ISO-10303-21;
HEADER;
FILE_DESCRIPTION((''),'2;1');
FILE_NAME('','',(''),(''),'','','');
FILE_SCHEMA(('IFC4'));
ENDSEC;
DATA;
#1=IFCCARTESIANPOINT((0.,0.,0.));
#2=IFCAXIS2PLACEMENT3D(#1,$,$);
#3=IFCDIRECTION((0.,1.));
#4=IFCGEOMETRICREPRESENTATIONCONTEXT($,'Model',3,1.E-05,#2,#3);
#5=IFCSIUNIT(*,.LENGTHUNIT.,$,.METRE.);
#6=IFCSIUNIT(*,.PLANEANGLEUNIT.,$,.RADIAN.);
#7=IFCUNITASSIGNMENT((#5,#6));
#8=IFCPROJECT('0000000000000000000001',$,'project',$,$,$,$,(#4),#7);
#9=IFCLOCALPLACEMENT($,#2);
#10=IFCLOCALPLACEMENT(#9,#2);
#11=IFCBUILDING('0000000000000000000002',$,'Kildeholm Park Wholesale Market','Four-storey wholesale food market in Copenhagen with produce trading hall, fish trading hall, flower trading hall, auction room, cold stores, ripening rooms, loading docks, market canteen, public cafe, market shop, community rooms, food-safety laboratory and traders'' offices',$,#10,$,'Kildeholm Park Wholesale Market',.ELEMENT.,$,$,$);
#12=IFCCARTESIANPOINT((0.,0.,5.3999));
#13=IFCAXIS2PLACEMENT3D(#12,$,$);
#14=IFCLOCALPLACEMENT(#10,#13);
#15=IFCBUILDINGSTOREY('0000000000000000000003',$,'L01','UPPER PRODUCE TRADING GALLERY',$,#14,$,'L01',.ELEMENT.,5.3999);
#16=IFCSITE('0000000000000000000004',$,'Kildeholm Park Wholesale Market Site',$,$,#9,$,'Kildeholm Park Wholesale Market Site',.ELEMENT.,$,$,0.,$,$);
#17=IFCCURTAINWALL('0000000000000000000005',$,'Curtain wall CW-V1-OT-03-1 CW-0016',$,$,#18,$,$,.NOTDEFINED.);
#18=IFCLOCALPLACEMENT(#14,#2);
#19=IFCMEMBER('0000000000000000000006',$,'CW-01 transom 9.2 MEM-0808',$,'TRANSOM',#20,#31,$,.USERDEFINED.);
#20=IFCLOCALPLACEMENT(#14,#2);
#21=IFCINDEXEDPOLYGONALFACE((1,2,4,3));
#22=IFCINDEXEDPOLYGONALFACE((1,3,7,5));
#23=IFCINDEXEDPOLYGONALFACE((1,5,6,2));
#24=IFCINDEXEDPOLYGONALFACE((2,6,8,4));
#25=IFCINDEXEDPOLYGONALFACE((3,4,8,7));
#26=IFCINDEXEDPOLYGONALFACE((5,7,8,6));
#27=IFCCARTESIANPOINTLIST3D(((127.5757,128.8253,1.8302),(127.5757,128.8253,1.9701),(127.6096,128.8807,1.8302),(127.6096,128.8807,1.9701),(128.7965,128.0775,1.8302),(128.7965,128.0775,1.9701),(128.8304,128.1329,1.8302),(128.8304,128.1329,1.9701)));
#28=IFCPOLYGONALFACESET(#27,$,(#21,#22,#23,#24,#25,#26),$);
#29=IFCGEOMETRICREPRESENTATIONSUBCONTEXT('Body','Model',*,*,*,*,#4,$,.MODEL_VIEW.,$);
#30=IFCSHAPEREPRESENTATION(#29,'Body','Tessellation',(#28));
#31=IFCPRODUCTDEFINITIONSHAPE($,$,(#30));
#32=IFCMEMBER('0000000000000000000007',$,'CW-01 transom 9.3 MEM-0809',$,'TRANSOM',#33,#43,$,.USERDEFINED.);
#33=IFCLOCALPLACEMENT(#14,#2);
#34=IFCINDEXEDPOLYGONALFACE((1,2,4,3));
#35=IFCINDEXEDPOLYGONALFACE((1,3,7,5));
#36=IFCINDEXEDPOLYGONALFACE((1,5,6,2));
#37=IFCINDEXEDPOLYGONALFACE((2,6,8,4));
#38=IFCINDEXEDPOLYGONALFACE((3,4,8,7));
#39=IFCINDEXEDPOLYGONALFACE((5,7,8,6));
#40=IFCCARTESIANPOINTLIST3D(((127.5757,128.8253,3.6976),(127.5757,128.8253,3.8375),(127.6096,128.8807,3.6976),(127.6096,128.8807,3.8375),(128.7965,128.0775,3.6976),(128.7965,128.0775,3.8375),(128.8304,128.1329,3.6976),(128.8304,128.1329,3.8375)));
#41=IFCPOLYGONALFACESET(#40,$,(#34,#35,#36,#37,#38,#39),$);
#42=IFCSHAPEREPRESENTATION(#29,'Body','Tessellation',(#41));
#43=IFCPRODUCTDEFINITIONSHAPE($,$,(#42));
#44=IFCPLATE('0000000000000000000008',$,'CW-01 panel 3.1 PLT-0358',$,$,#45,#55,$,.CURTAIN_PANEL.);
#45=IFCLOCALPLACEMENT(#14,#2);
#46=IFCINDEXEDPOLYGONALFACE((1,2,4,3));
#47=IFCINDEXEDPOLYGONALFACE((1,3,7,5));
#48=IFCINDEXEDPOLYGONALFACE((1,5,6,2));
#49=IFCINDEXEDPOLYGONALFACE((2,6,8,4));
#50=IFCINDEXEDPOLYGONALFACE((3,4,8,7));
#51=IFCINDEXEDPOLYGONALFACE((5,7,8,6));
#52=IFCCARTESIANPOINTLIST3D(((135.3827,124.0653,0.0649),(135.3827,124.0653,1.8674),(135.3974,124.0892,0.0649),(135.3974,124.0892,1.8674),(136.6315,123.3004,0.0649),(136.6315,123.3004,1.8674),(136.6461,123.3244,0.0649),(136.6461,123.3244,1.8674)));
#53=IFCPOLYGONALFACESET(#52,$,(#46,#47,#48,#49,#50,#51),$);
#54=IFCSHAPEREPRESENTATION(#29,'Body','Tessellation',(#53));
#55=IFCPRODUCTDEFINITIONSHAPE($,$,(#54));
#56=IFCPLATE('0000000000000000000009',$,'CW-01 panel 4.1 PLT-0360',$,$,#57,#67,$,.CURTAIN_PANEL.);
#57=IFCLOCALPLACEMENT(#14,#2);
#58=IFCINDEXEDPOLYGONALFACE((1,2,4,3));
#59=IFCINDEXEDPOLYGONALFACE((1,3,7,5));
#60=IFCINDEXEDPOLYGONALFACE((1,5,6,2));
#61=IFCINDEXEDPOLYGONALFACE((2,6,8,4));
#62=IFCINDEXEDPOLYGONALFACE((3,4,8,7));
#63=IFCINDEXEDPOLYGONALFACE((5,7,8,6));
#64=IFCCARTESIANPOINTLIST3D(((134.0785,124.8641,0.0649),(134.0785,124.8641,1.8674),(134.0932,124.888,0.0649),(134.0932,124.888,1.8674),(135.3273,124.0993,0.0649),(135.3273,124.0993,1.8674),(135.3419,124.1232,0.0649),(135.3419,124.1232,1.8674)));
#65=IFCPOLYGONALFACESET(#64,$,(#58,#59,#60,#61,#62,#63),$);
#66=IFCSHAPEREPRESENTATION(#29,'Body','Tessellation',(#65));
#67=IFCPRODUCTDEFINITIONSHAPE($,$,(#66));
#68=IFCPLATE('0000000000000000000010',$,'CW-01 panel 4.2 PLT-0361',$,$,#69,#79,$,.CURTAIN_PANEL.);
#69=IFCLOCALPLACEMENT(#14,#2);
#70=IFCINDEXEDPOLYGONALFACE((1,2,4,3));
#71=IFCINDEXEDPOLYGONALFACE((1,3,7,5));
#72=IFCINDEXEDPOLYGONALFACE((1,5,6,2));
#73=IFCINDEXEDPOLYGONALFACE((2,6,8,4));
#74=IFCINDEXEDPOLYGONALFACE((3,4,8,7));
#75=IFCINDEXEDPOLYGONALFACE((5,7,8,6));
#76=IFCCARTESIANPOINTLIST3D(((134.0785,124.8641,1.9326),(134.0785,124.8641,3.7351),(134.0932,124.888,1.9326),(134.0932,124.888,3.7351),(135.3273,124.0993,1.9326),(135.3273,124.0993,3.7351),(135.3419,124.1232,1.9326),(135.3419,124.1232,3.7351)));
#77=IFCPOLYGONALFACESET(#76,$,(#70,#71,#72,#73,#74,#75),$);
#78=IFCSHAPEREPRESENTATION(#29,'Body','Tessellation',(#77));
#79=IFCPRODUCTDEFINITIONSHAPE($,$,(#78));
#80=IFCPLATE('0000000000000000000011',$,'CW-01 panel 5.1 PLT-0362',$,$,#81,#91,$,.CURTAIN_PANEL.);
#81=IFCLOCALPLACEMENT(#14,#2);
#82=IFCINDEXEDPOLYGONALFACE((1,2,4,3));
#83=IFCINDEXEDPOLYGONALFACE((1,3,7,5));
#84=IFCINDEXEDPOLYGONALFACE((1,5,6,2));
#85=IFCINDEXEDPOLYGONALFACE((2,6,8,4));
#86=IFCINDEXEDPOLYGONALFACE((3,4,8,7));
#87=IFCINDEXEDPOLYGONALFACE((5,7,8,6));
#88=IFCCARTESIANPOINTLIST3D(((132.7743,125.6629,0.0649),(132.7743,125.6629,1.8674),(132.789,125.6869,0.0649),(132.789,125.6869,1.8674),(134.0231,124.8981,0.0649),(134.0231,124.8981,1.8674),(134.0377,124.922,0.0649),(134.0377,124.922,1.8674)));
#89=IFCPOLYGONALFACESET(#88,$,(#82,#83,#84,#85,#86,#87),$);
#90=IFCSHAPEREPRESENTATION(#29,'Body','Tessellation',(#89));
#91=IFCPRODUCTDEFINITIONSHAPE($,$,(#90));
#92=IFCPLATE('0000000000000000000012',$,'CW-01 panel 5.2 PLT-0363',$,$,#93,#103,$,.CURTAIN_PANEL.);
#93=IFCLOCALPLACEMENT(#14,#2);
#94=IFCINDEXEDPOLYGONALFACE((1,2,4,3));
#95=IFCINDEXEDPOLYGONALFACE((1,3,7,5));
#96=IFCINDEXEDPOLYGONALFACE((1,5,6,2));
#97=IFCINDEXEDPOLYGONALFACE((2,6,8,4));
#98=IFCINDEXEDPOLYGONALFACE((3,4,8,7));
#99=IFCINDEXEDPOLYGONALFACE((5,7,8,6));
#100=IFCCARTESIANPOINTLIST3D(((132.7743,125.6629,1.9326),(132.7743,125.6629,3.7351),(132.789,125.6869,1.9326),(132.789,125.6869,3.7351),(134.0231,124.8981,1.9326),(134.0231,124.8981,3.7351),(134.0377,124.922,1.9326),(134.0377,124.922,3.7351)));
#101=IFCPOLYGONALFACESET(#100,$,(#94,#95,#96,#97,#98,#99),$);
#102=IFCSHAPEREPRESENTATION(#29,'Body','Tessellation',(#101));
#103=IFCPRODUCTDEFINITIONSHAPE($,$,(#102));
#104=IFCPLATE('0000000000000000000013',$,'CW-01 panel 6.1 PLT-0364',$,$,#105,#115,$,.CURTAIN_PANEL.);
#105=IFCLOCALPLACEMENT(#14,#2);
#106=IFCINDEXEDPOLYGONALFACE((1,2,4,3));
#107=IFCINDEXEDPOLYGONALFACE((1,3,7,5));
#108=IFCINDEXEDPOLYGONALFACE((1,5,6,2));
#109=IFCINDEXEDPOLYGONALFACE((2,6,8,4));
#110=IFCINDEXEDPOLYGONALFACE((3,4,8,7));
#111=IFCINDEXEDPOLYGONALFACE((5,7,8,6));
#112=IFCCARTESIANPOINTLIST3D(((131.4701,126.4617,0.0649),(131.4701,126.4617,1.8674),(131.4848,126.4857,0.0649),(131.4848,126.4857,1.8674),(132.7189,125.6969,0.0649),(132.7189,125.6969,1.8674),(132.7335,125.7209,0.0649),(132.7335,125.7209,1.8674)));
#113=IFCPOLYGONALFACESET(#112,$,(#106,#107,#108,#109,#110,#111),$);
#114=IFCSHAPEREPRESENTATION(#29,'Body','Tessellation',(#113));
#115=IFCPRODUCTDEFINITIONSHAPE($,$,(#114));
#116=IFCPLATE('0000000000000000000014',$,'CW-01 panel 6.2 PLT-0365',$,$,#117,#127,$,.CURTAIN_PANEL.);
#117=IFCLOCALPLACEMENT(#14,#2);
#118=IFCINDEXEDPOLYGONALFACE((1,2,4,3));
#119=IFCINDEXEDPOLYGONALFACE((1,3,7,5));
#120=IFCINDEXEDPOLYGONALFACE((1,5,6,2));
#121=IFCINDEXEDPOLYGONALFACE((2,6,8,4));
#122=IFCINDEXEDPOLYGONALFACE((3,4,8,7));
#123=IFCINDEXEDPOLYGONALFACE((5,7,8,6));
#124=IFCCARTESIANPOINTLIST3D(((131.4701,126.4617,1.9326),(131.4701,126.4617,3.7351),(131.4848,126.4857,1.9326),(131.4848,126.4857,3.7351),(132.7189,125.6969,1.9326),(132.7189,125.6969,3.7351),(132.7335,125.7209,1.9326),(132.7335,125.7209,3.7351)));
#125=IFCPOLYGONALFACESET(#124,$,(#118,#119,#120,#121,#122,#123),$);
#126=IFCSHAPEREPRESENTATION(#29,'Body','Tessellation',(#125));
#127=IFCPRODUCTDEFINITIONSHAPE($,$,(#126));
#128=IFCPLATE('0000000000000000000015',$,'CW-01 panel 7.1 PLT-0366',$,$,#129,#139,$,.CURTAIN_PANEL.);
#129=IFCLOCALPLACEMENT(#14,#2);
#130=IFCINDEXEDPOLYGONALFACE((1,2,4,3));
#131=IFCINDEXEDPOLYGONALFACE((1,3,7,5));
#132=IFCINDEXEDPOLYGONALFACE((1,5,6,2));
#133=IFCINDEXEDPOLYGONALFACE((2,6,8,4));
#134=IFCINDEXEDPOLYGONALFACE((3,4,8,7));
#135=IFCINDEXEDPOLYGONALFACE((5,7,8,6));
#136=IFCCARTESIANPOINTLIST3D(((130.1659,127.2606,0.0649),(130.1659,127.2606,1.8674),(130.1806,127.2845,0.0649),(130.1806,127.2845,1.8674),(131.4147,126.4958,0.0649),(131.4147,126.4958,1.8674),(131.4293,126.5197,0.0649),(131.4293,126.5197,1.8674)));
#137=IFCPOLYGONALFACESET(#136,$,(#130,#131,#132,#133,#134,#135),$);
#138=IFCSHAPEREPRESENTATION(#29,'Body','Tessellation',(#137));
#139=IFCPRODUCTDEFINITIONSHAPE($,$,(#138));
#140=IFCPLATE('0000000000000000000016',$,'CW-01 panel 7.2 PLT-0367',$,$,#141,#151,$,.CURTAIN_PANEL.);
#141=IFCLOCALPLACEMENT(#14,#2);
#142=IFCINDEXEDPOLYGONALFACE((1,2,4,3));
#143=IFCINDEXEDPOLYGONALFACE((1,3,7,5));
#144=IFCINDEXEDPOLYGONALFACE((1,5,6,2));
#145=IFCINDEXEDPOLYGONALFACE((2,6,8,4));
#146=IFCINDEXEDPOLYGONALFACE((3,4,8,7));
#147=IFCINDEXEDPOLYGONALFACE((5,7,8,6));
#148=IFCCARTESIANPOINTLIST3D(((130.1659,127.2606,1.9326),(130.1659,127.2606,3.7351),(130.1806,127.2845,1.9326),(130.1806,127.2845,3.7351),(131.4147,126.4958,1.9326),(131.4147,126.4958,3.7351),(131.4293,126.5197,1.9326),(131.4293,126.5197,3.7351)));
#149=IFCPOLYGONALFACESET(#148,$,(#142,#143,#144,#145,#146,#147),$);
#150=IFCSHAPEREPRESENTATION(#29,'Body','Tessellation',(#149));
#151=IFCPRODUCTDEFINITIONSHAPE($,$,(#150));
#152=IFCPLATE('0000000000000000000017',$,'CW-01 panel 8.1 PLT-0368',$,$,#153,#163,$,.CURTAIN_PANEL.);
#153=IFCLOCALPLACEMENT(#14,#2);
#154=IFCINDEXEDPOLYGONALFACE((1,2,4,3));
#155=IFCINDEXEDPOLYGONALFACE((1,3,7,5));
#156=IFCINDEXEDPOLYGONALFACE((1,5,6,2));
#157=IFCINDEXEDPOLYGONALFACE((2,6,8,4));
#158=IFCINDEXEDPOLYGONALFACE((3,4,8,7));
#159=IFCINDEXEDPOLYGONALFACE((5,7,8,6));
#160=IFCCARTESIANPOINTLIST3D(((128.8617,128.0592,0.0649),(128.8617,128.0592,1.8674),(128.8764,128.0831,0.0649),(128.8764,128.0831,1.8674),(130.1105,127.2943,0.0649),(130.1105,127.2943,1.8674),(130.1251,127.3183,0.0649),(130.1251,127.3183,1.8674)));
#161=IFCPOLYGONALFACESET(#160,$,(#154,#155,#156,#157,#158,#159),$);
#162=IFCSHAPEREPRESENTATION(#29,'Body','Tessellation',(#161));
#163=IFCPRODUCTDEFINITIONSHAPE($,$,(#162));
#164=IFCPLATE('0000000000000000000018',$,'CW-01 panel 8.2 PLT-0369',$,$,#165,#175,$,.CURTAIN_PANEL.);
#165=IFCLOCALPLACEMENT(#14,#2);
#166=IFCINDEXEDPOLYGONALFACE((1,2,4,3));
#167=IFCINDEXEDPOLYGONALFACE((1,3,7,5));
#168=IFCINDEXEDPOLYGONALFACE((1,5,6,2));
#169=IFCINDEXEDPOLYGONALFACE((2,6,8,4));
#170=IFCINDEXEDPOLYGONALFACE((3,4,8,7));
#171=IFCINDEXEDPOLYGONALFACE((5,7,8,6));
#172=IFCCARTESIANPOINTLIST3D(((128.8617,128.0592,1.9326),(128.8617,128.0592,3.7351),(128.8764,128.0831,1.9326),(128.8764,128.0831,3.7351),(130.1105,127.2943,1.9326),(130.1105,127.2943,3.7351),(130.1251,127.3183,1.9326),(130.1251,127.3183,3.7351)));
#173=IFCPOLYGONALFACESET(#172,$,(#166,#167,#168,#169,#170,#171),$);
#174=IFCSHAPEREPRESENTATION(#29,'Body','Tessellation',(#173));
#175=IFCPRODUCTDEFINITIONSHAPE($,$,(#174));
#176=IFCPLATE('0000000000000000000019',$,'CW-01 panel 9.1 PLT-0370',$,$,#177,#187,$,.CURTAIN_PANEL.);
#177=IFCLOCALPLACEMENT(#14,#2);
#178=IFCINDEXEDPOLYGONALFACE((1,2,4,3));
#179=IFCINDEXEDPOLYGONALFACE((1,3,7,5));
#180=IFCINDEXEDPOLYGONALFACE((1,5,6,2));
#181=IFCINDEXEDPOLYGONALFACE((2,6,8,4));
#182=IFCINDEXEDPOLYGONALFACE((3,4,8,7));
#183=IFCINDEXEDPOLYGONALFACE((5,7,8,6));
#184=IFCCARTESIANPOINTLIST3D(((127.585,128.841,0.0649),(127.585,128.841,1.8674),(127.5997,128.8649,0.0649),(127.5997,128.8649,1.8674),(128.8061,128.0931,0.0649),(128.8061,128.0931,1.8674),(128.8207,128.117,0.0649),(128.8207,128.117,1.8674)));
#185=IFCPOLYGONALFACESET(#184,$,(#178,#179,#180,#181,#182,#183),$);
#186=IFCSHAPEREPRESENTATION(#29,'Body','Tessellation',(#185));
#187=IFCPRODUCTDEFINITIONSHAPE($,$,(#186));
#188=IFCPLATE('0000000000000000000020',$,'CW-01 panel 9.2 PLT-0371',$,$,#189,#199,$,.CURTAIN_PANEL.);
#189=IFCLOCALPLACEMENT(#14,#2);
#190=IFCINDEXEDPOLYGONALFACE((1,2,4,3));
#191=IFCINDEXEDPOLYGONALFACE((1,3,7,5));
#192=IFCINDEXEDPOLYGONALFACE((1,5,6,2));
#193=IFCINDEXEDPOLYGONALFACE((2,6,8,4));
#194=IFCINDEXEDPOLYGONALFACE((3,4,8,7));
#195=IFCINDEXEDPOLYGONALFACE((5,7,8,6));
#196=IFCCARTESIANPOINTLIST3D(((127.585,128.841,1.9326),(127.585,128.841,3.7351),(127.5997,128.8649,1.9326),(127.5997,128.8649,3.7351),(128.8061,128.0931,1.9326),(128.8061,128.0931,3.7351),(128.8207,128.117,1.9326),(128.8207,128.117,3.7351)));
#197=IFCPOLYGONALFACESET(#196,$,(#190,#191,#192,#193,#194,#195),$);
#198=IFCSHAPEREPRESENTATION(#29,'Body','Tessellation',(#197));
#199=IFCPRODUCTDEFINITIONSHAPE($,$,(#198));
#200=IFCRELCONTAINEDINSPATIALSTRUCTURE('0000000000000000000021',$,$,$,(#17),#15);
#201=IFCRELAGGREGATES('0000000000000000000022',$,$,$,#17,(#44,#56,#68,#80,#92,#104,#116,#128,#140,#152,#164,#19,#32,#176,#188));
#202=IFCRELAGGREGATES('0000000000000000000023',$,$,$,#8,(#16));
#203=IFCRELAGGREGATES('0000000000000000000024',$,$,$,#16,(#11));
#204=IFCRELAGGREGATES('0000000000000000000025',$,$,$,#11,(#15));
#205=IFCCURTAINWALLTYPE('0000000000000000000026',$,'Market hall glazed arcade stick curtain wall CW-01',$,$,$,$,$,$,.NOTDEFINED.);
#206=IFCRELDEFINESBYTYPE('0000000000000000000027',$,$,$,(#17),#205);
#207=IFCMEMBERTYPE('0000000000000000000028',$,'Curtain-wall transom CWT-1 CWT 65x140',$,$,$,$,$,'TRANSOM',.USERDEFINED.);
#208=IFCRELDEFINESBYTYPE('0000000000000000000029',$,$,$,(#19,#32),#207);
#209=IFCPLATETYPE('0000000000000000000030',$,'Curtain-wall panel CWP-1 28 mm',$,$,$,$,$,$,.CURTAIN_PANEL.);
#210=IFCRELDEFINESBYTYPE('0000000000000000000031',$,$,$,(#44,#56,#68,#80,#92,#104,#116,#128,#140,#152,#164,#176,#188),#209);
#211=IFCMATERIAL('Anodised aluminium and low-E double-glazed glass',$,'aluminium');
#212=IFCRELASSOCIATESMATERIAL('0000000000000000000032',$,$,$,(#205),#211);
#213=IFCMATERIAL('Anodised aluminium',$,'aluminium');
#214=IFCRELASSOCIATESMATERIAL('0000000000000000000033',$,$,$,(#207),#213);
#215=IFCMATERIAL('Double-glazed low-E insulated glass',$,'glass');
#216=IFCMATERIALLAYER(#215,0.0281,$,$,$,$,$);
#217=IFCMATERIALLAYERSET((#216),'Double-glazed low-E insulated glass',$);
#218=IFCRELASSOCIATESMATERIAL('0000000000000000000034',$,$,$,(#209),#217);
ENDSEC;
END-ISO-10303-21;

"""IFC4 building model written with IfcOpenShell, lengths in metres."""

from ifc_helpers import new_model, si_unit, direction, frame, origin, origin_2d, place, context, subcontext, project, spatial, rectangle, extrude, material, layer, layer_set, material_profile, profile_set, type_object, element, aggregate, save


model = new_model("IFC4")

# Units and contexts
model_context = context("Model", 3, precision=1e-05, world=origin(), true_north=direction((0.0, 1.0)))
body_context = subcontext(model_context, "Body", "Model", "MODEL_VIEW")
ifc_project = project(units=[si_unit("LENGTHUNIT", "METRE"), si_unit("PLANEANGLEUNIT", "RADIAN")], contexts=[model_context])

# Site, building, storey
site_placement = place(None, origin())
site = spatial("IfcSite", under=ifc_project, at=site_placement, Name="Kildeholm Park Wholesale Market Site", LongName="Kildeholm Park Wholesale Market Site", CompositionType="ELEMENT", RefElevation=0.0)
building_placement = place(site_placement, origin())
building = spatial("IfcBuilding", under=site, at=building_placement, Name="Kildeholm Park Wholesale Market", Description="Four-storey wholesale food market in Copenhagen with produce trading hall, fish trading hall, flower trading hall, auction room, cold stores, ripening rooms, loading docks, market canteen, public cafe, market shop, community rooms, food-safety laboratory and traders' offices", LongName="Kildeholm Park Wholesale Market", CompositionType="ELEMENT")
storey_placement = place(building_placement, frame((0.0, 0.0, 5.3999)))
storey = spatial("IfcBuildingStorey", under=building, at=storey_placement, Name="L01", Description="UPPER PRODUCE TRADING GALLERY", LongName="L01", CompositionType="ELEMENT", Elevation=5.3999)

# Curtain wall, members, plates
ifc_material_1 = material(Name="Anodised aluminium and low-E double-glazed glass", Category="aluminium")
curtain_wall_type = type_object("IfcCurtainWallType", Name="Market hall glazed arcade stick curtain wall CW-01", PredefinedType="NOTDEFINED", material=ifc_material_1)
curtain_wall_placement = place(storey_placement, origin())
curtain_wall = element("IfcCurtainWall", 1, at=curtain_wall_placement, inside=storey, type_object=curtain_wall_type, Name="Curtain wall CW-V1-OT-03-1 CW-0016", PredefinedType="NOTDEFINED")
ifc_material_2 = material(Name="Anodised aluminium", Category="aluminium")
ifc_material_profile_1 = material_profile(ifc_material_2, rectangle(XDim=0.0649, YDim=0.1399, at=origin_2d()), Name="CWT 65x140")
ifc_profile_set_1 = profile_set([ifc_material_profile_1], Name="Anodised aluminium")
member_type_1 = type_object("IfcMemberType", Name="Curtain-wall transom CWT-1 CWT 65x140", ElementType="TRANSOM", PredefinedType="USERDEFINED", material=ifc_profile_set_1)
member_1_placement = place(storey_placement, frame((128.8135, 128.1052, 1.9001), z_axis=(-0.852763, 0.522298, 0.0), x_axis=(-0.522298, -0.852763, 0.0)))
member_1 = element("IfcMember", 2, at=member_1_placement, type_object=member_type_1, Name="CW-01 transom 9.2 MEM-0808", ObjectType="TRANSOM", PredefinedType="USERDEFINED", context=body_context, shape_type="SweptSolid", body=[
    extrude(rectangle(XDim=0.0649, YDim=0.1399, at=origin_2d()), origin(), (0.0, 0.0, 1.0), 1.4316),
])
member_2_placement = place(storey_placement, frame((128.8135, 128.1052, 3.7676), z_axis=(-0.852763, 0.522298, 0.0), x_axis=(-0.522298, -0.852763, 0.0)))
member_2 = element("IfcMember", 3, at=member_2_placement, type_object=member_type_1, Name="CW-01 transom 9.3 MEM-0809", ObjectType="TRANSOM", PredefinedType="USERDEFINED", context=body_context, shape_type="SweptSolid", body=[
    extrude(rectangle(XDim=0.0649, YDim=0.1399, at=origin_2d()), origin(), (0.0, 0.0, 1.0), 1.4316),
])
ifc_material_3 = material(Name="Double-glazed low-E insulated glass", Category="glass")
ifc_layer = layer(ifc_material_3, 0.0281)
ifc_layer_set = layer_set([ifc_layer], Name="Double-glazed low-E insulated glass")
plate_type = type_object("IfcPlateType", Name="Curtain-wall panel CWP-1 28 mm", PredefinedType="CURTAIN_PANEL", material=ifc_layer_set)
plate_1_placement = place(storey_placement, frame((136.0144, 123.6948, 0.0649), z_axis=(0.0, 0.0, 1.0), x_axis=(-0.852771, 0.522284, 0.0)))
plate_1 = element("IfcPlate", 4, at=plate_1_placement, type_object=plate_type, Name="CW-01 panel 3.1 PLT-0358", PredefinedType="CURTAIN_PANEL", context=body_context, shape_type="SweptSolid", body=[
    extrude(rectangle(XDim=1.4644, YDim=0.0281, at=origin_2d()), origin(), (0.0, 0.0, 1.0), 1.8025),
])
plate_2_placement = place(storey_placement, frame((134.7102, 124.4937, 0.0649), z_axis=(0.0, 0.0, 1.0), x_axis=(-0.852771, 0.522284, 0.0)))
plate_2 = element("IfcPlate", 5, at=plate_2_placement, type_object=plate_type, Name="CW-01 panel 4.1 PLT-0360", PredefinedType="CURTAIN_PANEL", context=body_context, shape_type="SweptSolid", body=[
    extrude(rectangle(XDim=1.4644, YDim=0.0281, at=origin_2d()), origin(), (0.0, 0.0, 1.0), 1.8025),
])
plate_3_placement = place(storey_placement, frame((134.7102, 124.4937, 1.9326), z_axis=(0.0, 0.0, 1.0), x_axis=(-0.852771, 0.522284, 0.0)))
plate_3 = element("IfcPlate", 6, at=plate_3_placement, type_object=plate_type, Name="CW-01 panel 4.2 PLT-0361", PredefinedType="CURTAIN_PANEL", context=body_context, shape_type="SweptSolid", body=[
    extrude(rectangle(XDim=1.4644, YDim=0.0281, at=origin_2d()), origin(), (0.0, 0.0, 1.0), 1.8025),
])
plate_4_placement = place(storey_placement, frame((133.406, 125.2925, 0.0649), z_axis=(0.0, 0.0, 1.0), x_axis=(-0.852771, 0.522284, 0.0)))
plate_4 = element("IfcPlate", 7, at=plate_4_placement, type_object=plate_type, Name="CW-01 panel 5.1 PLT-0362", PredefinedType="CURTAIN_PANEL", context=body_context, shape_type="SweptSolid", body=[
    extrude(rectangle(XDim=1.4644, YDim=0.0281, at=origin_2d()), origin(), (0.0, 0.0, 1.0), 1.8025),
])
plate_5_placement = place(storey_placement, frame((133.406, 125.2925, 1.9326), z_axis=(0.0, 0.0, 1.0), x_axis=(-0.852771, 0.522284, 0.0)))
plate_5 = element("IfcPlate", 8, at=plate_5_placement, type_object=plate_type, Name="CW-01 panel 5.2 PLT-0363", PredefinedType="CURTAIN_PANEL", context=body_context, shape_type="SweptSolid", body=[
    extrude(rectangle(XDim=1.4644, YDim=0.0281, at=origin_2d()), origin(), (0.0, 0.0, 1.0), 1.8025),
])
plate_6_placement = place(storey_placement, frame((132.1018, 126.0913, 0.0649), z_axis=(0.0, 0.0, 1.0), x_axis=(-0.852771, 0.522284, 0.0)))
plate_6 = element("IfcPlate", 9, at=plate_6_placement, type_object=plate_type, Name="CW-01 panel 6.1 PLT-0364", PredefinedType="CURTAIN_PANEL", context=body_context, shape_type="SweptSolid", body=[
    extrude(rectangle(XDim=1.4644, YDim=0.0281, at=origin_2d()), origin(), (0.0, 0.0, 1.0), 1.8025),
])
plate_7_placement = place(storey_placement, frame((132.1018, 126.0913, 1.9326), z_axis=(0.0, 0.0, 1.0), x_axis=(-0.852771, 0.522284, 0.0)))
plate_7 = element("IfcPlate", 10, at=plate_7_placement, type_object=plate_type, Name="CW-01 panel 6.2 PLT-0365", PredefinedType="CURTAIN_PANEL", context=body_context, shape_type="SweptSolid", body=[
    extrude(rectangle(XDim=1.4644, YDim=0.0281, at=origin_2d()), origin(), (0.0, 0.0, 1.0), 1.8025),
])
plate_8_placement = place(storey_placement, frame((130.7976, 126.8901, 0.0649), z_axis=(0.0, 0.0, 1.0), x_axis=(-0.852771, 0.522284, 0.0)))
plate_8 = element("IfcPlate", 11, at=plate_8_placement, type_object=plate_type, Name="CW-01 panel 7.1 PLT-0366", PredefinedType="CURTAIN_PANEL", context=body_context, shape_type="SweptSolid", body=[
    extrude(rectangle(XDim=1.4644, YDim=0.0281, at=origin_2d()), origin(), (0.0, 0.0, 1.0), 1.8025),
])
plate_9_placement = place(storey_placement, frame((130.7976, 126.8901, 1.9326), z_axis=(0.0, 0.0, 1.0), x_axis=(-0.852771, 0.522284, 0.0)))
plate_9 = element("IfcPlate", 12, at=plate_9_placement, type_object=plate_type, Name="CW-01 panel 7.2 PLT-0367", PredefinedType="CURTAIN_PANEL", context=body_context, shape_type="SweptSolid", body=[
    extrude(rectangle(XDim=1.4644, YDim=0.0281, at=origin_2d()), origin(), (0.0, 0.0, 1.0), 1.8025),
])
plate_10_placement = place(storey_placement, frame((129.4934, 127.6887, 0.0649), z_axis=(0.0, 0.0, 1.0), x_axis=(-0.852771, 0.522284, 0.0)))
plate_10 = element("IfcPlate", 13, at=plate_10_placement, type_object=plate_type, Name="CW-01 panel 8.1 PLT-0368", PredefinedType="CURTAIN_PANEL", context=body_context, shape_type="SweptSolid", body=[
    extrude(rectangle(XDim=1.4644, YDim=0.0281, at=origin_2d()), origin(), (0.0, 0.0, 1.0), 1.8025),
])
plate_11_placement = place(storey_placement, frame((129.4934, 127.6887, 1.9326), z_axis=(0.0, 0.0, 1.0), x_axis=(-0.852771, 0.522284, 0.0)))
plate_11 = element("IfcPlate", 14, at=plate_11_placement, type_object=plate_type, Name="CW-01 panel 8.2 PLT-0369", PredefinedType="CURTAIN_PANEL", context=body_context, shape_type="SweptSolid", body=[
    extrude(rectangle(XDim=1.4644, YDim=0.0281, at=origin_2d()), origin(), (0.0, 0.0, 1.0), 1.8025),
])
plate_12_placement = place(storey_placement, frame((128.2029, 128.479, 0.0649), z_axis=(0.0, 0.0, 1.0), x_axis=(-0.852771, 0.522284, 0.0)))
plate_12 = element("IfcPlate", 15, at=plate_12_placement, type_object=plate_type, Name="CW-01 panel 9.1 PLT-0370", PredefinedType="CURTAIN_PANEL", context=body_context, shape_type="SweptSolid", body=[
    extrude(rectangle(XDim=1.4319, YDim=0.0281, at=origin_2d()), origin(), (0.0, 0.0, 1.0), 1.8025),
])
plate_13_placement = place(storey_placement, frame((128.2029, 128.479, 1.9326), z_axis=(0.0, 0.0, 1.0), x_axis=(-0.852771, 0.522284, 0.0)))
plate_13 = element("IfcPlate", 16, at=plate_13_placement, type_object=plate_type, Name="CW-01 panel 9.2 PLT-0371", PredefinedType="CURTAIN_PANEL", context=body_context, shape_type="SweptSolid", body=[
    extrude(rectangle(XDim=1.4319, YDim=0.0281, at=origin_2d()), origin(), (0.0, 0.0, 1.0), 1.8025),
])
aggregate(curtain_wall, [plate_1, plate_2, plate_3, plate_4, plate_5, plate_6, plate_7, plate_8, plate_9, plate_10, plate_11, member_1, member_2, plate_12, plate_13])

save(model, "model.ifc")
